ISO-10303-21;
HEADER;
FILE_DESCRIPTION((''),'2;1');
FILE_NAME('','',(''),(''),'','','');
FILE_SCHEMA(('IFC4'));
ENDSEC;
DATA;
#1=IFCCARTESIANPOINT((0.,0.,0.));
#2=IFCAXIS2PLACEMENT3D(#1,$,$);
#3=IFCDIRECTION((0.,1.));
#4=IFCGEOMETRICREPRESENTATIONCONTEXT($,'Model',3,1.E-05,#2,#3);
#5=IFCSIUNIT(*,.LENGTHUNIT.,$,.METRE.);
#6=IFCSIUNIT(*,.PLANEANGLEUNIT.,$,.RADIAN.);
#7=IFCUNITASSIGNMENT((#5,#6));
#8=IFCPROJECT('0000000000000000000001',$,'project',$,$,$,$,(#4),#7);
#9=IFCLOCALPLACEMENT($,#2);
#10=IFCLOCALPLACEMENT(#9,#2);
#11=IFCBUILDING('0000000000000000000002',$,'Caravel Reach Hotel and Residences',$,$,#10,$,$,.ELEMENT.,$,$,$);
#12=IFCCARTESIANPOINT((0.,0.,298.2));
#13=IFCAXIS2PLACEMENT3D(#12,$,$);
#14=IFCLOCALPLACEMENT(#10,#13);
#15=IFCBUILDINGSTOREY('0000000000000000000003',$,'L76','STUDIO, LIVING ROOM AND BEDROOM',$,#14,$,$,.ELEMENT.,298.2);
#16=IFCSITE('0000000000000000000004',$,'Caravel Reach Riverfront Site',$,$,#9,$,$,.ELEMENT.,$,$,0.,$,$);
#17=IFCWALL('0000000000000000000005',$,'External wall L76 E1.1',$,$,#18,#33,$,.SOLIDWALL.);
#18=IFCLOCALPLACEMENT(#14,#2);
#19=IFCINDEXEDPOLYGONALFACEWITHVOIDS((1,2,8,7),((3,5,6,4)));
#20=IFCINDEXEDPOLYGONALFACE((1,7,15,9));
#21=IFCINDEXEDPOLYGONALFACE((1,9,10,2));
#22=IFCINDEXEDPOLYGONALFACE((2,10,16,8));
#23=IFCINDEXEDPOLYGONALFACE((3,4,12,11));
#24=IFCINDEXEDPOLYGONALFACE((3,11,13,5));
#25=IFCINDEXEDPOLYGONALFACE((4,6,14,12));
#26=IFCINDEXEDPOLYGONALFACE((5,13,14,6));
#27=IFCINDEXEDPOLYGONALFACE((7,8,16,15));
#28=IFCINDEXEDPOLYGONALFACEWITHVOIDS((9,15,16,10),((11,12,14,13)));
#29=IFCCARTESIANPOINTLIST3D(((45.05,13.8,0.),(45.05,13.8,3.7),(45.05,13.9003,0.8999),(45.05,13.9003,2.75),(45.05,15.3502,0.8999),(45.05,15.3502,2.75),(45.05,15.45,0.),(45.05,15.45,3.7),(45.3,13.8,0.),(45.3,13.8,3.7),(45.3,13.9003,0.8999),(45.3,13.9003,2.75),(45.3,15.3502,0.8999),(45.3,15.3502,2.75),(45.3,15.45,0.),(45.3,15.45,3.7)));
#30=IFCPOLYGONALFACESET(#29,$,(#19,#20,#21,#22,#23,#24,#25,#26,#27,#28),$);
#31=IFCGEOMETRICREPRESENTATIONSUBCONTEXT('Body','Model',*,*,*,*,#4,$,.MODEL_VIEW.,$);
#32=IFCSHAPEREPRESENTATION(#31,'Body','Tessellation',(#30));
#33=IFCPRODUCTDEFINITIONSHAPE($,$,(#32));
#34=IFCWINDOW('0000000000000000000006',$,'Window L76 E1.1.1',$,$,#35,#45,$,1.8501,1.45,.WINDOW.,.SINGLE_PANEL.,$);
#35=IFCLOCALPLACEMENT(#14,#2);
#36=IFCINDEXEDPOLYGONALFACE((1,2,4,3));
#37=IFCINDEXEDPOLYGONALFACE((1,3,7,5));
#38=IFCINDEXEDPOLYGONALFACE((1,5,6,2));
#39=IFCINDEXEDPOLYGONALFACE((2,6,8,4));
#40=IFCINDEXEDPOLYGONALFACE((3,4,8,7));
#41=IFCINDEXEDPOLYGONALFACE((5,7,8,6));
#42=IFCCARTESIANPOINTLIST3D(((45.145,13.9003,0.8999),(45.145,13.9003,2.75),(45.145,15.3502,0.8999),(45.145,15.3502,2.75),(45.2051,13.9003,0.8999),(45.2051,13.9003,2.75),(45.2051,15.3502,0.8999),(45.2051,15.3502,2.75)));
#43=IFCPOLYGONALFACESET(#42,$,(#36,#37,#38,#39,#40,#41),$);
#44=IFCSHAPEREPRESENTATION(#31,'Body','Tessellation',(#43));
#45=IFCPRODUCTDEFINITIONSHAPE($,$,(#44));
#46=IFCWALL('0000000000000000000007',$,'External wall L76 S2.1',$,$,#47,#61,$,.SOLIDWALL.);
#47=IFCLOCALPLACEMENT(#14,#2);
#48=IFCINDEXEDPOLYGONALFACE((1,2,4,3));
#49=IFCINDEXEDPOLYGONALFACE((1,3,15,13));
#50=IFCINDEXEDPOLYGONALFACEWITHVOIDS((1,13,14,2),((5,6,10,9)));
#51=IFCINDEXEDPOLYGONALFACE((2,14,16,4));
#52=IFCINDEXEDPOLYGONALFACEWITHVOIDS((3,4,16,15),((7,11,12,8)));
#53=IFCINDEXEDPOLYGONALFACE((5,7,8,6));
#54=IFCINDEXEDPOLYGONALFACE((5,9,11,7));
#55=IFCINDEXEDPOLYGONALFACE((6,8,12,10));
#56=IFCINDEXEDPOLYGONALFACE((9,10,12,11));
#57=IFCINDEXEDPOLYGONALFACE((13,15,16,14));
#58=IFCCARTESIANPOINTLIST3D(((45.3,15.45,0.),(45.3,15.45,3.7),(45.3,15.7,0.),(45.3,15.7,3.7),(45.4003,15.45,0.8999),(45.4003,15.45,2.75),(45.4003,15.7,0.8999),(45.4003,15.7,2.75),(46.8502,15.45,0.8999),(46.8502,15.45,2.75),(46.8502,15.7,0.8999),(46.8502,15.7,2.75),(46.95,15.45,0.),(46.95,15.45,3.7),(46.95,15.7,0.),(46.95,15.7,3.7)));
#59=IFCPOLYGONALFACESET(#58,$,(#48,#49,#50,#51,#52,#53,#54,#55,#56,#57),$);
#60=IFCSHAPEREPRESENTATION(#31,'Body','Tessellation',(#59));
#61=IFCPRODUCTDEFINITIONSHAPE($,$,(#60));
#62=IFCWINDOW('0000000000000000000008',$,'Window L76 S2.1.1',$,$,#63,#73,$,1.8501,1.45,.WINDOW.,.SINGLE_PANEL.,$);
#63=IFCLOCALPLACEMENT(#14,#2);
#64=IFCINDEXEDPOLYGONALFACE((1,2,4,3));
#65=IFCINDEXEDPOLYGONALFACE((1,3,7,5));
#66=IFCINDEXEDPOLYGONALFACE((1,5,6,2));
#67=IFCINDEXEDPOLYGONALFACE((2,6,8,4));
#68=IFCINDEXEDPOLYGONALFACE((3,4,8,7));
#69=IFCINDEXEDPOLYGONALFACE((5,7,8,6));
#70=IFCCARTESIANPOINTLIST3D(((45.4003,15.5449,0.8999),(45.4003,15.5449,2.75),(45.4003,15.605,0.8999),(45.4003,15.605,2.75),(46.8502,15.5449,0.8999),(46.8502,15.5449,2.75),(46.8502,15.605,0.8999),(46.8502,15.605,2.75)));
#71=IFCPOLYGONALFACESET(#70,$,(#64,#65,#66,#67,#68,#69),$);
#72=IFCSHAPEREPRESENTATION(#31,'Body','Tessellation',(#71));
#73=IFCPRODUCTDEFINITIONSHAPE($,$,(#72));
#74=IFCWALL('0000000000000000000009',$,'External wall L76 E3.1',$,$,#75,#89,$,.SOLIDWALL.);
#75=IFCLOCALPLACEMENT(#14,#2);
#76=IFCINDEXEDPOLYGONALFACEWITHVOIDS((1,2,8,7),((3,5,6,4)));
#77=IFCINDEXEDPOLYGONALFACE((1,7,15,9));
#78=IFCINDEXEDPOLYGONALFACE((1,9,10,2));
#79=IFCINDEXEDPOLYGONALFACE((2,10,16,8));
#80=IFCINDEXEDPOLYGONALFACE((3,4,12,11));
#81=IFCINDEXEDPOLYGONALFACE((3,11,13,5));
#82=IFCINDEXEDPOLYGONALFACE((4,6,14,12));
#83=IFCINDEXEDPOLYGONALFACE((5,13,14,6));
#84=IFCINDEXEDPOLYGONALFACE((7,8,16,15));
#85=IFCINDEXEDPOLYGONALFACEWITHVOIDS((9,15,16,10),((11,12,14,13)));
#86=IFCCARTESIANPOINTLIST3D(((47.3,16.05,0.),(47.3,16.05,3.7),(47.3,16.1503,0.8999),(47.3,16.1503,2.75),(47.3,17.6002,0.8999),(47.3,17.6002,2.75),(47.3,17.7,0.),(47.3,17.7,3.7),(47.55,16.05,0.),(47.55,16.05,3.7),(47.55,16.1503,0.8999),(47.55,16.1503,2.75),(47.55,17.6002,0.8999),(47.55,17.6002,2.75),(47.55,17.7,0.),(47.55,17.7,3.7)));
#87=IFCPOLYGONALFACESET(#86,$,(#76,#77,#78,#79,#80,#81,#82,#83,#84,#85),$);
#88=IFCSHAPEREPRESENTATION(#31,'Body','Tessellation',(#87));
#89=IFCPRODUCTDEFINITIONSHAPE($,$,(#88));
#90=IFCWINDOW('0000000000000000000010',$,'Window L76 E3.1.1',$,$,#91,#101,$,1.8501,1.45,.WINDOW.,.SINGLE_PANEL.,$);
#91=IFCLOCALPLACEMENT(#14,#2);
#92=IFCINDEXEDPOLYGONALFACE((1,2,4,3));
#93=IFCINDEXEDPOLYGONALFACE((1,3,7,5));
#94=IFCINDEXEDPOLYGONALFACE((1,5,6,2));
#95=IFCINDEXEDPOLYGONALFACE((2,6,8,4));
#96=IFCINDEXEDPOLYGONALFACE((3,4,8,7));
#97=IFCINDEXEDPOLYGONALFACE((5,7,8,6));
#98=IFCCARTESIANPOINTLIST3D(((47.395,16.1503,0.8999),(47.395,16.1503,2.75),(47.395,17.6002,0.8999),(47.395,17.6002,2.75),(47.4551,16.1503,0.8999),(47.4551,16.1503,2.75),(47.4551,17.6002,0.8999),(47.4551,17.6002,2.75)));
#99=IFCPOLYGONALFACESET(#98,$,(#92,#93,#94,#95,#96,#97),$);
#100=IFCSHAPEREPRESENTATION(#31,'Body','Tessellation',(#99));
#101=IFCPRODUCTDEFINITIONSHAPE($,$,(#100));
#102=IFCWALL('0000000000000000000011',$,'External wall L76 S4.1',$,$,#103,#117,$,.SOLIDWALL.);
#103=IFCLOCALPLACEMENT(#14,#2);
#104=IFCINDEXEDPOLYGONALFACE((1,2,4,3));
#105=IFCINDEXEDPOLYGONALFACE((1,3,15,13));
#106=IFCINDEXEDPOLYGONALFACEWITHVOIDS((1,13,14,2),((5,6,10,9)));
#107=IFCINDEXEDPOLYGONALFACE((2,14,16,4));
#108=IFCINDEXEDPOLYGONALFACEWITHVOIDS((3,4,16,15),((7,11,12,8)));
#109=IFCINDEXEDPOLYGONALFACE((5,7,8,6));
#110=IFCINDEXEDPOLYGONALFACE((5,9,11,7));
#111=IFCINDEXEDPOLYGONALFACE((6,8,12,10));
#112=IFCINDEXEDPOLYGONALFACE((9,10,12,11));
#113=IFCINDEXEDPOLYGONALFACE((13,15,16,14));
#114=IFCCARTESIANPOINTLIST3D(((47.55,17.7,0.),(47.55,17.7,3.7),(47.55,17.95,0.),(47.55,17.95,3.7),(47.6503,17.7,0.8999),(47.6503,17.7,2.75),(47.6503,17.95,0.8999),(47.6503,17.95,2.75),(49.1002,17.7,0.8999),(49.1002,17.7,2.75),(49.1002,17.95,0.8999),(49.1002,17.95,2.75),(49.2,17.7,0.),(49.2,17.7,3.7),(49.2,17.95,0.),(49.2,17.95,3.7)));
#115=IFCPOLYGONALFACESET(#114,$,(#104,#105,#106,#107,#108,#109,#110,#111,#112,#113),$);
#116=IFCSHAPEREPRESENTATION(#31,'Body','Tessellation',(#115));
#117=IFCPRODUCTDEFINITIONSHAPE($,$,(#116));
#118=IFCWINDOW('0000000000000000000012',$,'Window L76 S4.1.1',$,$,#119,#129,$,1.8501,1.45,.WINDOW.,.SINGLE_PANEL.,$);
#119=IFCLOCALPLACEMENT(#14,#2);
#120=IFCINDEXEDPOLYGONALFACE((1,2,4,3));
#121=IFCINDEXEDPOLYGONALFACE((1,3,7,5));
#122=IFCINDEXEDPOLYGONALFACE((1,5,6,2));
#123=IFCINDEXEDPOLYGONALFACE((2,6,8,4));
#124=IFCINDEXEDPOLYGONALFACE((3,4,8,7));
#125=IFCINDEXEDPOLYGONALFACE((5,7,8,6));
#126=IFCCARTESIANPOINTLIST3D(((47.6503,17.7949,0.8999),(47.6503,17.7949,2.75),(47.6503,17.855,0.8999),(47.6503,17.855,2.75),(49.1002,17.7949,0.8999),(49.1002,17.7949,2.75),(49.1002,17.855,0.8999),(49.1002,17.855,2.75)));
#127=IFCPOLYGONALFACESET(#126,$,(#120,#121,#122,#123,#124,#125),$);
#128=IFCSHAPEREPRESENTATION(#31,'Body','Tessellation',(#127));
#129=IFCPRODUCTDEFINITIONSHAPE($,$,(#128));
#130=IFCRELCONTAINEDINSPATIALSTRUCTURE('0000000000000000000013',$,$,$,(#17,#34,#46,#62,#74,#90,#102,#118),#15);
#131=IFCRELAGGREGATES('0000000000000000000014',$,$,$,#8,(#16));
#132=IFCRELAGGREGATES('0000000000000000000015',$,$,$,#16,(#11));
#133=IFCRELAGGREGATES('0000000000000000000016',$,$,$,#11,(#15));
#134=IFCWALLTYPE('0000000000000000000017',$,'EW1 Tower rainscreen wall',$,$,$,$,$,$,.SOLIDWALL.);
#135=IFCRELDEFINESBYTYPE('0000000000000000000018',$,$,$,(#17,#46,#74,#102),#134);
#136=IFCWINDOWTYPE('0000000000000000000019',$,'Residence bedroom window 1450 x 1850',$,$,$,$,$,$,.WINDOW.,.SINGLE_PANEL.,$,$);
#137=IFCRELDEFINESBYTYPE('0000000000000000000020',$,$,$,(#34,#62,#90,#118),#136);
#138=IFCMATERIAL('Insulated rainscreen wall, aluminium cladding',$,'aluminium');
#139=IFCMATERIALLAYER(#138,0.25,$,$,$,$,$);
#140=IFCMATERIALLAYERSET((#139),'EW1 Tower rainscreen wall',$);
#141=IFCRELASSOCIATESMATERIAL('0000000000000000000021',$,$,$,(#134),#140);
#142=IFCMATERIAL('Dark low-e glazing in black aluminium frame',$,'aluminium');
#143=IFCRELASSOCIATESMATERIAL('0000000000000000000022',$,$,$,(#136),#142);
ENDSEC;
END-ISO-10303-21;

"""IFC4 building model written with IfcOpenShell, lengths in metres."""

from ifc_helpers import new_model, si_unit, direction, frame, frame_2d, origin, place, context, subcontext, project, spatial, rectangle, extrude, material, layer, layer_set, type_object, element, fill, save


model = new_model("IFC4")

# Units and contexts
model_context = context("Model", 3, precision=1e-05, world=origin(), true_north=direction((0.0, 1.0)))
body_context = subcontext(model_context, "Body", "Model", "MODEL_VIEW")
ifc_project = project(units=[si_unit("LENGTHUNIT", "METRE"), si_unit("PLANEANGLEUNIT", "RADIAN")], contexts=[model_context])

# Site, building, storey
site_placement = place(None, origin())
site = spatial("IfcSite", under=ifc_project, at=site_placement, Name="Caravel Reach Riverfront Site", CompositionType="ELEMENT", RefElevation=0.0)
building_placement = place(site_placement, origin())
building = spatial("IfcBuilding", under=site, at=building_placement, Name="Caravel Reach Hotel and Residences", CompositionType="ELEMENT")
storey_placement = place(building_placement, frame((0.0, 0.0, 298.2)))
storey = spatial("IfcBuildingStorey", under=building, at=storey_placement, Name="L76", Description="STUDIO, LIVING ROOM AND BEDROOM", CompositionType="ELEMENT", Elevation=298.2)

# Walls, openings, windows
ifc_material_1 = material(Name="Insulated rainscreen wall, aluminium cladding", Category="aluminium")
ifc_layer_1 = layer(ifc_material_1, 0.25)
ifc_layer_set_1 = layer_set([ifc_layer_1], Name="EW1 Tower rainscreen wall")
wall_type_1 = type_object("IfcWallType", Name="EW1 Tower rainscreen wall", PredefinedType="SOLIDWALL", material=ifc_layer_set_1)
wall_1_placement = place(storey_placement, frame((45.175, 13.8, 0.0), z_axis=(0.0, 0.0, 1.0), x_axis=(0.0, 1.0, 0.0)))
wall_1 = element("IfcWall", 1, at=wall_1_placement, inside=storey, type_object=wall_type_1, Name="External wall L76 E1.1", PredefinedType="SOLIDWALL", context=body_context, shape_type="SweptSolid", body=[
    extrude(rectangle(XDim=1.6499, YDim=0.25, at=frame_2d((0.825, 0.0))), origin(), (0.0, 0.0, 1.0), 3.7),
])
opening_1_placement = place(wall_1_placement, frame((0.1001, 0.0, 0.8999)))
opening_1 = element("IfcOpeningElement", 2, at=opening_1_placement, cuts=wall_1, PredefinedType="OPENING", context=body_context, shape_type="SweptSolid", body=[
    extrude(rectangle(XDim=1.45, YDim=1.8501, at=frame_2d((0.7251, 0.925))), frame((0.0, 0.135, 0.0), z_axis=(0.0, -1.0, 0.0), x_axis=(1.0, 0.0, 0.0)), (0.0, 0.0, 1.0), 0.27),
])
ifc_material_2 = material(Name="Dark low-e glazing in black aluminium frame", Category="aluminium")
window_type_1 = type_object("IfcWindowType", Name="Residence bedroom window 1450 x 1850", PartitioningType="SINGLE_PANEL", PredefinedType="WINDOW", material=ifc_material_2)
window_1_placement = place(opening_1_placement, origin())
window_1 = element("IfcWindow", 3, at=window_1_placement, inside=storey, type_object=window_type_1, Name="Window L76 E1.1.1", OverallHeight=1.8501, OverallWidth=1.45, PartitioningType="SINGLE_PANEL", PredefinedType="WINDOW", context=body_context, shape_type="SweptSolid", body=[
    extrude(rectangle(XDim=1.45, YDim=1.8501, at=frame_2d((0.7251, 0.925))), frame((0.0, 0.03, 0.0), z_axis=(0.0, -1.0, 0.0), x_axis=(1.0, 0.0, 0.0)), (0.0, 0.0, 1.0), 0.0601),
])
fill(opening_1, window_1)
wall_2_placement = place(storey_placement, frame((45.3, 15.575, 0.0), z_axis=(0.0, 0.0, 1.0), x_axis=(1.0, 0.0, 0.0)))
wall_2 = element("IfcWall", 4, at=wall_2_placement, inside=storey, type_object=wall_type_1, Name="External wall L76 S2.1", PredefinedType="SOLIDWALL", context=body_context, shape_type="SweptSolid", body=[
    extrude(rectangle(XDim=1.6499, YDim=0.25, at=frame_2d((0.825, 0.0))), origin(), (0.0, 0.0, 1.0), 3.7),
])
opening_2_placement = place(wall_2_placement, frame((0.1001, 0.0, 0.8999)))
opening_2 = element("IfcOpeningElement", 5, at=opening_2_placement, cuts=wall_2, PredefinedType="OPENING", context=body_context, shape_type="SweptSolid", body=[
    extrude(rectangle(XDim=1.45, YDim=1.8501, at=frame_2d((0.7251, 0.925))), frame((0.0, 0.135, 0.0), z_axis=(0.0, -1.0, 0.0), x_axis=(1.0, 0.0, 0.0)), (0.0, 0.0, 1.0), 0.27),
])
window_2_placement = place(opening_2_placement, origin())
window_2 = element("IfcWindow", 6, at=window_2_placement, inside=storey, type_object=window_type_1, Name="Window L76 S2.1.1", OverallHeight=1.8501, OverallWidth=1.45, PartitioningType="SINGLE_PANEL", PredefinedType="WINDOW", context=body_context, shape_type="SweptSolid", body=[
    extrude(rectangle(XDim=1.45, YDim=1.8501, at=frame_2d((0.7251, 0.925))), frame((0.0, 0.03, 0.0), z_axis=(0.0, -1.0, 0.0), x_axis=(1.0, 0.0, 0.0)), (0.0, 0.0, 1.0), 0.0601),
])
fill(opening_2, window_2)
wall_3_placement = place(storey_placement, frame((47.425, 16.05, 0.0), z_axis=(0.0, 0.0, 1.0), x_axis=(0.0, 1.0, 0.0)))
wall_3 = element("IfcWall", 7, at=wall_3_placement, inside=storey, type_object=wall_type_1, Name="External wall L76 E3.1", PredefinedType="SOLIDWALL", context=body_context, shape_type="SweptSolid", body=[
    extrude(rectangle(XDim=1.6499, YDim=0.25, at=frame_2d((0.825, 0.0))), origin(), (0.0, 0.0, 1.0), 3.7),
])
opening_3_placement = place(wall_3_placement, frame((0.1001, 0.0, 0.8999)))
opening_3 = element("IfcOpeningElement", 8, at=opening_3_placement, cuts=wall_3, PredefinedType="OPENING", context=body_context, shape_type="SweptSolid", body=[
    extrude(rectangle(XDim=1.45, YDim=1.8501, at=frame_2d((0.7251, 0.925))), frame((0.0, 0.135, 0.0), z_axis=(0.0, -1.0, 0.0), x_axis=(1.0, 0.0, 0.0)), (0.0, 0.0, 1.0), 0.27),
])
window_3_placement = place(opening_3_placement, origin())
window_3 = element("IfcWindow", 9, at=window_3_placement, inside=storey, type_object=window_type_1, Name="Window L76 E3.1.1", OverallHeight=1.8501, OverallWidth=1.45, PartitioningType="SINGLE_PANEL", PredefinedType="WINDOW", context=body_context, shape_type="SweptSolid", body=[
    extrude(rectangle(XDim=1.45, YDim=1.8501, at=frame_2d((0.7251, 0.925))), frame((0.0, 0.03, 0.0), z_axis=(0.0, -1.0, 0.0), x_axis=(1.0, 0.0, 0.0)), (0.0, 0.0, 1.0), 0.0601),
])
fill(opening_3, window_3)
wall_4_placement = place(storey_placement, frame((47.55, 17.825, 0.0), z_axis=(0.0, 0.0, 1.0), x_axis=(1.0, 0.0, 0.0)))
wall_4 = element("IfcWall", 10, at=wall_4_placement, inside=storey, type_object=wall_type_1, Name="External wall L76 S4.1", PredefinedType="SOLIDWALL", context=body_context, shape_type="SweptSolid", body=[
    extrude(rectangle(XDim=1.6499, YDim=0.25, at=frame_2d((0.825, 0.0))), origin(), (0.0, 0.0, 1.0), 3.7),
])
opening_4_placement = place(wall_4_placement, frame((0.1001, 0.0, 0.8999)))
opening_4 = element("IfcOpeningElement", 11, at=opening_4_placement, cuts=wall_4, PredefinedType="OPENING", context=body_context, shape_type="SweptSolid", body=[
    extrude(rectangle(XDim=1.45, YDim=1.8501, at=frame_2d((0.7251, 0.925))), frame((0.0, 0.135, 0.0), z_axis=(0.0, -1.0, 0.0), x_axis=(1.0, 0.0, 0.0)), (0.0, 0.0, 1.0), 0.27),
])
window_4_placement = place(opening_4_placement, origin())
window_4 = element("IfcWindow", 12, at=window_4_placement, inside=storey, type_object=window_type_1, Name="Window L76 S4.1.1", OverallHeight=1.8501, OverallWidth=1.45, PartitioningType="SINGLE_PANEL", PredefinedType="WINDOW", context=body_context, shape_type="SweptSolid", body=[
    extrude(rectangle(XDim=1.45, YDim=1.8501, at=frame_2d((0.7251, 0.925))), frame((0.0, 0.03, 0.0), z_axis=(0.0, -1.0, 0.0), x_axis=(1.0, 0.0, 0.0)), (0.0, 0.0, 1.0), 0.0601),
])
fill(opening_4, window_4)

save(model, "model.ifc")
